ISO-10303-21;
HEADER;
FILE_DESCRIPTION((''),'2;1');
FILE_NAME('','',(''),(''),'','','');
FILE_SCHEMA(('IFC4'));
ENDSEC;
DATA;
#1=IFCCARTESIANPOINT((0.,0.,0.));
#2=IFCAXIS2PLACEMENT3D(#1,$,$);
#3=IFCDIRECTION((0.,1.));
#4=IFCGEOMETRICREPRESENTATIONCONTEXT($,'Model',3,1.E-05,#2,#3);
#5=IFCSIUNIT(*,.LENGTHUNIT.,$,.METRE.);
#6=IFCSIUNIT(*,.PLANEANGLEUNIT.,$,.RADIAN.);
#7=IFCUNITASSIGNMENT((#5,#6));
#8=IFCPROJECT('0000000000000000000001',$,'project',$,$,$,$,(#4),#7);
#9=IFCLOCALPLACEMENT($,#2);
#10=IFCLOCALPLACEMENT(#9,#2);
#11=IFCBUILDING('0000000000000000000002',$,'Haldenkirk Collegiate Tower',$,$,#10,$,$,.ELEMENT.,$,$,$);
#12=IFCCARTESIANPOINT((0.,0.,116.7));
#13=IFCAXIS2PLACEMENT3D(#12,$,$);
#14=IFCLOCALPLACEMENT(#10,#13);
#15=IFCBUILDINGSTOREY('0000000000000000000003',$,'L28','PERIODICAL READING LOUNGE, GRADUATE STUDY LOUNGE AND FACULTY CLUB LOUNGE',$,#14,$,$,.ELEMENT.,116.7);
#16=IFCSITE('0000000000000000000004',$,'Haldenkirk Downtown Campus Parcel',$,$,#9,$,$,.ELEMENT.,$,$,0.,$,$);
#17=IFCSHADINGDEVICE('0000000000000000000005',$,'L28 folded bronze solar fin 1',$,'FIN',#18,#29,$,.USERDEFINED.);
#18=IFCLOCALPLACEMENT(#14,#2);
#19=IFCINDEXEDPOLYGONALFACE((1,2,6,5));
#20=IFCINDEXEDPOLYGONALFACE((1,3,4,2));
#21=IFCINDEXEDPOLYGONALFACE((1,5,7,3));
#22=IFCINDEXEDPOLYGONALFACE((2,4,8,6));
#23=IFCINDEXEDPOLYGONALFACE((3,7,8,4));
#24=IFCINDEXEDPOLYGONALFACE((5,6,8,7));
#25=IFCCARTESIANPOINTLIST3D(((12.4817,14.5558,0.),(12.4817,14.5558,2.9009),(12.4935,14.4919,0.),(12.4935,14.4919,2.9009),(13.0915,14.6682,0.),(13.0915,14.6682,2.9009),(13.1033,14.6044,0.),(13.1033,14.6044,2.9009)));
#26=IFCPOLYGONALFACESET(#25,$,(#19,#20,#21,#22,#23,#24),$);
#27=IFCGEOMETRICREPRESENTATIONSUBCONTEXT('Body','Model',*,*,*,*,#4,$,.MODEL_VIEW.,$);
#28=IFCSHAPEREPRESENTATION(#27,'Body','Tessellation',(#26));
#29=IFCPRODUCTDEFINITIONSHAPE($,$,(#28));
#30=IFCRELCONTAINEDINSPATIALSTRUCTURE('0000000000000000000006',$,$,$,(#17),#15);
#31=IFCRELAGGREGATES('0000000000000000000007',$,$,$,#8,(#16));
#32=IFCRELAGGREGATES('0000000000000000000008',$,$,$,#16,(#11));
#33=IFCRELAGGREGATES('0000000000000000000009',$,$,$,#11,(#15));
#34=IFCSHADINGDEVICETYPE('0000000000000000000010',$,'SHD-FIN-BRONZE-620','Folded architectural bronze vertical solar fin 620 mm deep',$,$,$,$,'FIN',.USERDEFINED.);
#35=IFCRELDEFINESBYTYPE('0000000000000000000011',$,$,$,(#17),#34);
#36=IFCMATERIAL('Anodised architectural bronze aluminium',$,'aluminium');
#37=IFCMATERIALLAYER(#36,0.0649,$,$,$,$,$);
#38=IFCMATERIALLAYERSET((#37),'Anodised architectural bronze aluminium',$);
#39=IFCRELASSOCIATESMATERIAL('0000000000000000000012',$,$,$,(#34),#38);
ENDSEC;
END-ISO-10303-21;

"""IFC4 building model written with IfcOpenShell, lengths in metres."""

from ifc_helpers import new_model, si_unit, direction, frame, origin, origin_2d, place, context, subcontext, project, spatial, rectangle, extrude, source, transform, mapped, material, layer, layer_set, type_object, element, save


model = new_model("IFC4")

# Units and contexts
model_context = context("Model", 3, precision=1e-05, world=origin(), true_north=direction((0.0, 1.0)))
body_context = subcontext(model_context, "Body", "Model", "MODEL_VIEW")
ifc_project = project(units=[si_unit("LENGTHUNIT", "METRE"), si_unit("PLANEANGLEUNIT", "RADIAN")], contexts=[model_context])

# Site, building, storey
site_placement = place(None, origin())
site = spatial("IfcSite", under=ifc_project, at=site_placement, Name="Haldenkirk Downtown Campus Parcel", CompositionType="ELEMENT", RefElevation=0.0)
building_placement = place(site_placement, origin())
building = spatial("IfcBuilding", under=site, at=building_placement, Name="Haldenkirk Collegiate Tower", CompositionType="ELEMENT")
storey_placement = place(building_placement, frame((0.0, 0.0, 116.7)))
storey = spatial("IfcBuildingStorey", under=building, at=storey_placement, Name="L28", Description="PERIODICAL READING LOUNGE, GRADUATE STUDY LOUNGE AND FACULTY CLUB LOUNGE", CompositionType="ELEMENT", Elevation=116.7)

# Shared definitions
ifc_material_1 = material(Name="Anodised architectural bronze aluminium", Category="aluminium")

# Shading device
ifc_layer_1 = layer(ifc_material_1, 0.0649)
ifc_layer_set_1 = layer_set([ifc_layer_1], Name="Anodised architectural bronze aluminium")
shading_device_type = type_object("IfcShadingDeviceType", Name="SHD-FIN-BRONZE-620", Description="Folded architectural bronze vertical solar fin 620 mm deep", ElementType="FIN", PredefinedType="USERDEFINED", material=ifc_layer_set_1)
shared_shape_1 = source(origin(), body_context, "Body", "SweptSolid", [
    extrude(rectangle(XDim=0.6201, YDim=0.0649, at=origin_2d()), origin(), (0.0, 0.0, 1.0), 2.9009),
])
shading_device_placement = place(storey_placement, frame((12.7925, 14.5801, 0.0), z_axis=(0.0, 0.0, 1.0), x_axis=(-0.983414, -0.181377, 0.0)))
element("IfcShadingDevice", 1, at=shading_device_placement, inside=storey, type_object=shading_device_type, Name="L28 folded bronze solar fin 1", ObjectType="FIN", PredefinedType="USERDEFINED", context=body_context, shape_type="MappedRepresentation", body=[
    mapped(shared_shape_1, transform((0.0, 0.0, 0.0), x_axis=(1.0, 0.0, 0.0), y_axis=(0.0, 1.0, 0.0), z_axis=(0.0, 0.0, 1.0), scale=1.0)),
])

save(model, "model.ifc")
